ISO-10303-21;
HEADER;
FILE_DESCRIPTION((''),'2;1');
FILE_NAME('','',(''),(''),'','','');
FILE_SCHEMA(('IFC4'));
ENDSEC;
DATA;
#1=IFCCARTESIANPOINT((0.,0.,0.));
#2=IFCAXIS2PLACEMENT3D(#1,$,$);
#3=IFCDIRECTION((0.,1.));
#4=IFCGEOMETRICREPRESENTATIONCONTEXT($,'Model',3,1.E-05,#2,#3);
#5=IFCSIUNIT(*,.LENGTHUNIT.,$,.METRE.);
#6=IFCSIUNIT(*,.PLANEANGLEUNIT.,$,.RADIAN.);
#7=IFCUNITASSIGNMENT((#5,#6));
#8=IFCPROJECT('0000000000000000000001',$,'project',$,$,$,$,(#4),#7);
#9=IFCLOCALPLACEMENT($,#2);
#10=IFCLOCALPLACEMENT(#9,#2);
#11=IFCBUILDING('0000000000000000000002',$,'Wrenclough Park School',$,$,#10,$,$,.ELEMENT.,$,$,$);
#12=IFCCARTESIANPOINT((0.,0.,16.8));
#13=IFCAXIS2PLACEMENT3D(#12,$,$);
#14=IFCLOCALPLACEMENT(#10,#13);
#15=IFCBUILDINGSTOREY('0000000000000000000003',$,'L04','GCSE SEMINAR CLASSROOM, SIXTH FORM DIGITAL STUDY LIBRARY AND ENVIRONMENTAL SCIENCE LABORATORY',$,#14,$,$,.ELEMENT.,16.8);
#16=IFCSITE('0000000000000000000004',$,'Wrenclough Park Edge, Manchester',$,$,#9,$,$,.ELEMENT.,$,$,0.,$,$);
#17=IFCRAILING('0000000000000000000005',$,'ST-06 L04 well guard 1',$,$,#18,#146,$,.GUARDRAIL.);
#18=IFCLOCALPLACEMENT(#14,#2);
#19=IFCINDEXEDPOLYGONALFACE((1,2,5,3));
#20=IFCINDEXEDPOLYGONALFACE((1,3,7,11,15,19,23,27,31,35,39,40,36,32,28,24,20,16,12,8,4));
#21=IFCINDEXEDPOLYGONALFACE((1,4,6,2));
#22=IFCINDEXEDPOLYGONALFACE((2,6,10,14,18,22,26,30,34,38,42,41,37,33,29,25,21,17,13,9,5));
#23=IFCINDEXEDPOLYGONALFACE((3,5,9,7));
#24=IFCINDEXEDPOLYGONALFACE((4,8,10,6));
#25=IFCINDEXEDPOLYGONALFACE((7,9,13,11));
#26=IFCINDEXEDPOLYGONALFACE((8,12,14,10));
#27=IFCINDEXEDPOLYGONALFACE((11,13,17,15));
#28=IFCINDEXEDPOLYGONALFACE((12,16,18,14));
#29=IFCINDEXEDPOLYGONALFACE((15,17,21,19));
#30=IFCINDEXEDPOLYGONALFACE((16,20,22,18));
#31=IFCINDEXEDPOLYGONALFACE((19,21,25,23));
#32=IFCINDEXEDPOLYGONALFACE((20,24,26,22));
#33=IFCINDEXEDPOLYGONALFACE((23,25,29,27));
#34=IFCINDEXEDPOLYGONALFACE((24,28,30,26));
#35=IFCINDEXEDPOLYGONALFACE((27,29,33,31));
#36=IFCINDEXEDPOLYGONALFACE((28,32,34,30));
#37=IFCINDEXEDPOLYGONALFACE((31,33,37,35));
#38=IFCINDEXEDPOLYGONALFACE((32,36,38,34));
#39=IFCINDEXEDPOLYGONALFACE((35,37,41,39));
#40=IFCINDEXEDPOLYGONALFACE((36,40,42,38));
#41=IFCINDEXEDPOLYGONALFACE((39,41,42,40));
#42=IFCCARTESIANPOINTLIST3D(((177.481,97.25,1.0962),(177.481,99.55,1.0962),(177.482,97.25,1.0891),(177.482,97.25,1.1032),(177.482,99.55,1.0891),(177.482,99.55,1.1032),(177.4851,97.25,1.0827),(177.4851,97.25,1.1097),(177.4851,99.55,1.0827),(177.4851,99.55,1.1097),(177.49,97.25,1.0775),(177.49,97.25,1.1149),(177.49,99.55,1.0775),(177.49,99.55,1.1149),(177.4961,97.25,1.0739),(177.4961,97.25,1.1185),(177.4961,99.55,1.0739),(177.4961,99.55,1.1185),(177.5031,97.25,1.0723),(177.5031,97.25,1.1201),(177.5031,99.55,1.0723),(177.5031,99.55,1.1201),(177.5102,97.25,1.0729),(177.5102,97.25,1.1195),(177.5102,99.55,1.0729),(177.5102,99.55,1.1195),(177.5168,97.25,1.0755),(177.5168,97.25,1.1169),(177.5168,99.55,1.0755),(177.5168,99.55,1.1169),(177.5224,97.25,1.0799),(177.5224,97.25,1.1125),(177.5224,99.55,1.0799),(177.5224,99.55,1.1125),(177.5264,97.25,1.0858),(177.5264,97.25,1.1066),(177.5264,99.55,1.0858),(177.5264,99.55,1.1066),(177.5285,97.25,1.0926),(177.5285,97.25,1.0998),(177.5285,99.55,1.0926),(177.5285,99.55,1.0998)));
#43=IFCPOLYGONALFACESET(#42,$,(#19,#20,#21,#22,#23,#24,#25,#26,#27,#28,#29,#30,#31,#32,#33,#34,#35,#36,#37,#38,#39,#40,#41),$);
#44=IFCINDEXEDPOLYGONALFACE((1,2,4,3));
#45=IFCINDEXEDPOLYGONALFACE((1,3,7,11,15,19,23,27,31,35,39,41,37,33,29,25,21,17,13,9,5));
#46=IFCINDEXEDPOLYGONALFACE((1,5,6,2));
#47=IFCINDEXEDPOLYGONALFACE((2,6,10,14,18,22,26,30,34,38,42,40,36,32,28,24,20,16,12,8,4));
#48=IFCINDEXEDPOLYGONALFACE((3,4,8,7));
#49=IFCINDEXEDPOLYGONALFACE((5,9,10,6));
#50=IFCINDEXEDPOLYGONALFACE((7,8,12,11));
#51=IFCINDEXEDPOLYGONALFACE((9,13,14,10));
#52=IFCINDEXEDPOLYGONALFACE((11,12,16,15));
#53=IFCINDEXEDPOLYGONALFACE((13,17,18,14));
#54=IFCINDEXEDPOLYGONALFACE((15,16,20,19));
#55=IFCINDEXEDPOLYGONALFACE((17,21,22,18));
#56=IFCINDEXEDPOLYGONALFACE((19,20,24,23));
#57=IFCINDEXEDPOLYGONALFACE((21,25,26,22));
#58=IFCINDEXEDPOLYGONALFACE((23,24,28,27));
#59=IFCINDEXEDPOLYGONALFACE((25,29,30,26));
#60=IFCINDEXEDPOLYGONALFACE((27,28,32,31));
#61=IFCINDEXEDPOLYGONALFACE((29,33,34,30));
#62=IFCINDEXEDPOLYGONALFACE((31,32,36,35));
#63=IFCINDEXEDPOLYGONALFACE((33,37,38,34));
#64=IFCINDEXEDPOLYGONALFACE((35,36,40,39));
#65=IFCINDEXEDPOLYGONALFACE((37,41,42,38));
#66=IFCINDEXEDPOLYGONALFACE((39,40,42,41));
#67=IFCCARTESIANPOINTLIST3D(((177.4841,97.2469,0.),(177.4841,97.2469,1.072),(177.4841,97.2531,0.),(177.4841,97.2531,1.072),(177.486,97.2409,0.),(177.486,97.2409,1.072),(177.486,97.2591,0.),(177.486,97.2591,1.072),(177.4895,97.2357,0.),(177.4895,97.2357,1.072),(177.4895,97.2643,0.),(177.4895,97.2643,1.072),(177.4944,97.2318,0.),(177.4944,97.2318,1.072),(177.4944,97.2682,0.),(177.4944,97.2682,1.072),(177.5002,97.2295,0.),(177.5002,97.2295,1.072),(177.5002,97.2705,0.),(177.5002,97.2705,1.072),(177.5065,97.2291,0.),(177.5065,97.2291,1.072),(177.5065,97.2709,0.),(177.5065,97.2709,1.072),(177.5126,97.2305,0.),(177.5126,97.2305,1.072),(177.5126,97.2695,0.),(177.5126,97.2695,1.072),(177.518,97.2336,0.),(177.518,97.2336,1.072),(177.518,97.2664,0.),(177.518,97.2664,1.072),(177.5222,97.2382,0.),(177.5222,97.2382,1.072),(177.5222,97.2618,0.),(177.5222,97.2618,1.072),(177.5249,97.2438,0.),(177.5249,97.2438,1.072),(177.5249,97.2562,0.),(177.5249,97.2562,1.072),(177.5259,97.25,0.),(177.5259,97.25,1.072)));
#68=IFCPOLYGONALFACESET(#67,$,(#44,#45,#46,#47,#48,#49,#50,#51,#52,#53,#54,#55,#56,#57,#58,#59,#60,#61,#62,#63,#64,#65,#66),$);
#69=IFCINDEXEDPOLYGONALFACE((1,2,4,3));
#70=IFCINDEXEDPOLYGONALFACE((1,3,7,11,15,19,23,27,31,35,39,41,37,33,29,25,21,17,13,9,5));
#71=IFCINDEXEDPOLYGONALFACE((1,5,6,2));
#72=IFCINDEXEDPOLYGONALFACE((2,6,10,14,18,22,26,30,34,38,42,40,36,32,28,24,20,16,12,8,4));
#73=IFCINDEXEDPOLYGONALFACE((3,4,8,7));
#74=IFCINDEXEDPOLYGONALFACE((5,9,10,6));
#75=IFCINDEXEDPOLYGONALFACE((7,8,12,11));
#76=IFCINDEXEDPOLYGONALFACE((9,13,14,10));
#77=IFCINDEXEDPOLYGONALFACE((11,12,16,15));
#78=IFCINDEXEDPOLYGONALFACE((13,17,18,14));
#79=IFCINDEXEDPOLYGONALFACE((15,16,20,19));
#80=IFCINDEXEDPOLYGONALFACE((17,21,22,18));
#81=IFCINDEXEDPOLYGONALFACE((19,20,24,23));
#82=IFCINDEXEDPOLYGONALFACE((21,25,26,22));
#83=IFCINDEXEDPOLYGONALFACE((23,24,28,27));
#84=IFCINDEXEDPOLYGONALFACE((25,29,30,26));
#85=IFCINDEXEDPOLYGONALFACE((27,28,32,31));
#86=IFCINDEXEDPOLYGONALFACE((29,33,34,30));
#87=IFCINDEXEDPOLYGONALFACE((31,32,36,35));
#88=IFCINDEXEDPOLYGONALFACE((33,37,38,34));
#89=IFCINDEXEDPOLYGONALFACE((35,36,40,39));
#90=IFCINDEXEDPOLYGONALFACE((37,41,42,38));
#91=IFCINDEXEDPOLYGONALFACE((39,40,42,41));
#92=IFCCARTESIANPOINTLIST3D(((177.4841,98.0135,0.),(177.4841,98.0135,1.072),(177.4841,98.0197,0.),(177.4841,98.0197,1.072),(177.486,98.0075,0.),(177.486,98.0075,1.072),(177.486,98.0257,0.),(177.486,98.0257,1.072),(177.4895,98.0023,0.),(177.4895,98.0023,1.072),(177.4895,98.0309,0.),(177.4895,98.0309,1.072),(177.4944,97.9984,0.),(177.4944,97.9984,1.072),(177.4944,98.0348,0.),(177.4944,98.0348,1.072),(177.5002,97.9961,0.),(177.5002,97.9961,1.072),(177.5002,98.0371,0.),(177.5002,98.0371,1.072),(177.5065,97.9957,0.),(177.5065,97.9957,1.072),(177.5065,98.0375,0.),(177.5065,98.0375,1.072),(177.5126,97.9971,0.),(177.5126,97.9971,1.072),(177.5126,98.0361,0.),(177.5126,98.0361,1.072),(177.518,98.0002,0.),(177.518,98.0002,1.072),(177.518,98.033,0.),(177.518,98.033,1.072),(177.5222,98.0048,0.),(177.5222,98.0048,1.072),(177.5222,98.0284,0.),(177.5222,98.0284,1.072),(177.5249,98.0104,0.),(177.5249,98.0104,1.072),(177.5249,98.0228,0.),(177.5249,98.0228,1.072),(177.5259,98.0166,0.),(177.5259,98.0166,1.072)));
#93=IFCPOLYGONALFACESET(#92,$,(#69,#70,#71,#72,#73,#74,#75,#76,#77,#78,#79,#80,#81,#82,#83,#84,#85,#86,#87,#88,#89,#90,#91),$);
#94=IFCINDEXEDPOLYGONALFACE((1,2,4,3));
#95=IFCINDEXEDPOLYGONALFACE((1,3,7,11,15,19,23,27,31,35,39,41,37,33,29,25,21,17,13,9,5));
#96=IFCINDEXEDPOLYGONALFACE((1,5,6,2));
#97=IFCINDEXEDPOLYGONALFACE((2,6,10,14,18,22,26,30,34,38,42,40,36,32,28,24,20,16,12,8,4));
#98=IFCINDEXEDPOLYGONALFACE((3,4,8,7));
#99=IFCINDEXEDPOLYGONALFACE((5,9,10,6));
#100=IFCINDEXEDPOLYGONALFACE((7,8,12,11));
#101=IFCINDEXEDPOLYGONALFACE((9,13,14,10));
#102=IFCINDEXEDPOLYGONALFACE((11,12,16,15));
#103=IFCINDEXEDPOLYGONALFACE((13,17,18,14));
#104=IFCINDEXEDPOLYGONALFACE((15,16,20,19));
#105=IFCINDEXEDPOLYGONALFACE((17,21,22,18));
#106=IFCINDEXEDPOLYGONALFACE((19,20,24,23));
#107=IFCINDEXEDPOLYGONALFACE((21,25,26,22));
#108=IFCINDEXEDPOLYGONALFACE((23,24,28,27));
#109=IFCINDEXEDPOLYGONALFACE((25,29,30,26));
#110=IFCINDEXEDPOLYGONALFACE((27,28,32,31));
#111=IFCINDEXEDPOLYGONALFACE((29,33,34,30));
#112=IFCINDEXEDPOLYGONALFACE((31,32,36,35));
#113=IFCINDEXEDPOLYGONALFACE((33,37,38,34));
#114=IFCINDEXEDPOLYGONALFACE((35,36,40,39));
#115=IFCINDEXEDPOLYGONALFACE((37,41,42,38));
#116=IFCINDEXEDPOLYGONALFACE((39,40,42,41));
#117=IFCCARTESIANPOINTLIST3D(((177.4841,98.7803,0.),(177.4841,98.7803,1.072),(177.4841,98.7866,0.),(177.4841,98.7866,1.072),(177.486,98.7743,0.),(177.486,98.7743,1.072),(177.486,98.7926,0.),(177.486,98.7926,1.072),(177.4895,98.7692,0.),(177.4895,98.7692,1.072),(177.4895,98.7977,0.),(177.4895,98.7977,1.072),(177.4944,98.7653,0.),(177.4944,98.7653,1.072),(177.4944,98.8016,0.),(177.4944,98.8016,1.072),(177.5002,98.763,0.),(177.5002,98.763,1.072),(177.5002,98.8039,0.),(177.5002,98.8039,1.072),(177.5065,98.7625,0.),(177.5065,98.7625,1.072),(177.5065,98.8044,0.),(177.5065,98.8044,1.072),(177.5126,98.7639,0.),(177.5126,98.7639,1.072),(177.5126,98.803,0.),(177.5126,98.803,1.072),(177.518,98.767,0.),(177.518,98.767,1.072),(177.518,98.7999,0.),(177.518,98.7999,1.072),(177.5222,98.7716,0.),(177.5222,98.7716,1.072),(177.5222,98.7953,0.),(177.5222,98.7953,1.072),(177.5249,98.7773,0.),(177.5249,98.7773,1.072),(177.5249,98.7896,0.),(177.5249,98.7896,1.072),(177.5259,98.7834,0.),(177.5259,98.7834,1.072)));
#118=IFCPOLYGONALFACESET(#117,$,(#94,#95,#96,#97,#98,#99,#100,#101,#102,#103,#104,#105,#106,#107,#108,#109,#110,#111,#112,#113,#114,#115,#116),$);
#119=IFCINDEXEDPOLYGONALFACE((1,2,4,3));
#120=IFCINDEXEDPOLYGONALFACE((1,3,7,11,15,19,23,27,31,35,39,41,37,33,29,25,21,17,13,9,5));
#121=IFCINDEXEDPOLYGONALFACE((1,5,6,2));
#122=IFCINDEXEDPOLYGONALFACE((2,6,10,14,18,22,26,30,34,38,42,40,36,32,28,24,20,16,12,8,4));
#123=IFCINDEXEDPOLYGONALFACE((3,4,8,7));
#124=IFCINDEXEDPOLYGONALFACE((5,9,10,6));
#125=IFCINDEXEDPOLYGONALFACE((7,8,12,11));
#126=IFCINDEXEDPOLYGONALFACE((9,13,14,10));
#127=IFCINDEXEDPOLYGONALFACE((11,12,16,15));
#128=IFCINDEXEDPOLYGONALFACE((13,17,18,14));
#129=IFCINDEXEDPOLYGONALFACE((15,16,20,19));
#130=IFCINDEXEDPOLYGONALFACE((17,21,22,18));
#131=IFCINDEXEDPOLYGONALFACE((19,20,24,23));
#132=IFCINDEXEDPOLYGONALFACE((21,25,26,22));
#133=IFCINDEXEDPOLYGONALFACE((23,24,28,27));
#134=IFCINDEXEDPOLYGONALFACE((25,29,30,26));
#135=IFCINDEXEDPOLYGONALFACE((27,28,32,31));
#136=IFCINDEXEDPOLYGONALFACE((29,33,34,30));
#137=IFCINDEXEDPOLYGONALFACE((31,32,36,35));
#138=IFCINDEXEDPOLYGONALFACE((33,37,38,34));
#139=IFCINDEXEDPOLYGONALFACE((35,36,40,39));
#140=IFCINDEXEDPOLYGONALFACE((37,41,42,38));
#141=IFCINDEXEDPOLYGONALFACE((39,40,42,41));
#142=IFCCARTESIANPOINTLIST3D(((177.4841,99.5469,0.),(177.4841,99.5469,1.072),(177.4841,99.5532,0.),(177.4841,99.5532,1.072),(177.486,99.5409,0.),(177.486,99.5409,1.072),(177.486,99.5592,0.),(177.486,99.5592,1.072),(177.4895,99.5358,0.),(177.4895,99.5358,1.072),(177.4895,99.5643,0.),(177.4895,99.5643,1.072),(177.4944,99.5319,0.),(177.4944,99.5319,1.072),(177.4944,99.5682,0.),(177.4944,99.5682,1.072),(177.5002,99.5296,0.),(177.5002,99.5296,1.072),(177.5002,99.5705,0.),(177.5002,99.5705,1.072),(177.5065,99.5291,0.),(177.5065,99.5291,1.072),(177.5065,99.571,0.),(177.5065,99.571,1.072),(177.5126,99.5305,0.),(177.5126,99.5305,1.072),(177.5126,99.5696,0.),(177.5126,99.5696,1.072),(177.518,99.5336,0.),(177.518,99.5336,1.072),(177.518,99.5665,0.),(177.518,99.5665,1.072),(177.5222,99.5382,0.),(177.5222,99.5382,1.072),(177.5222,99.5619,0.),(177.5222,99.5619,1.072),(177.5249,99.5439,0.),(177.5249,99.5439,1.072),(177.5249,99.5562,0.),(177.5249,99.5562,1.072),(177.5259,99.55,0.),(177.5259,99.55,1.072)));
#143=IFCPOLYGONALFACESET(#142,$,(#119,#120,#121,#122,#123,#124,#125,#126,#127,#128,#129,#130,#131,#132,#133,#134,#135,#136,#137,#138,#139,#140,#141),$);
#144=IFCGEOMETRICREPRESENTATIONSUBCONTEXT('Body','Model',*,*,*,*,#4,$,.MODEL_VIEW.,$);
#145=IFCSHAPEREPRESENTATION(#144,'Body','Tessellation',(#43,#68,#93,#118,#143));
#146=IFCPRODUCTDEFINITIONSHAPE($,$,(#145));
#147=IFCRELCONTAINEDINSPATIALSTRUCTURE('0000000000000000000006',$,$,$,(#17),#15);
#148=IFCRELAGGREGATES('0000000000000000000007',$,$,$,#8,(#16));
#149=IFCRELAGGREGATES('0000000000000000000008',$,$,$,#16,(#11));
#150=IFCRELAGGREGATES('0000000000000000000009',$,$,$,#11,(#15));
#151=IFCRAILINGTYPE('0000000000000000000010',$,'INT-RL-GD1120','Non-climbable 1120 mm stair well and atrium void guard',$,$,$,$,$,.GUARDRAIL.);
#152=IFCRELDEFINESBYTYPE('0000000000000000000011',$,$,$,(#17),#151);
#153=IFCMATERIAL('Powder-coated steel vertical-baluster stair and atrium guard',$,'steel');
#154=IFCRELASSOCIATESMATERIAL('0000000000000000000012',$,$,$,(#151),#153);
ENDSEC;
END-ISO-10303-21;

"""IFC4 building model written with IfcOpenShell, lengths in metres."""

from ifc_helpers import new_model, si_unit, direction, frame, origin, origin_2d, place, context, subcontext, project, spatial, circle, extrude, material, type_object, element, save


model = new_model("IFC4")

# Units and contexts
model_context = context("Model", 3, precision=1e-05, world=origin(), true_north=direction((0.0, 1.0)))
body_context = subcontext(model_context, "Body", "Model", "MODEL_VIEW")
ifc_project = project(units=[si_unit("LENGTHUNIT", "METRE"), si_unit("PLANEANGLEUNIT", "RADIAN")], contexts=[model_context])

# Site, building, storey
site_placement = place(None, origin())
site = spatial("IfcSite", under=ifc_project, at=site_placement, Name="Wrenclough Park Edge, Manchester", CompositionType="ELEMENT", RefElevation=0.0)
building_placement = place(site_placement, origin())
building = spatial("IfcBuilding", under=site, at=building_placement, Name="Wrenclough Park School", CompositionType="ELEMENT")
storey_placement = place(building_placement, frame((0.0, 0.0, 16.8)))
storey = spatial("IfcBuildingStorey", under=building, at=storey_placement, Name="L04", Description="GCSE SEMINAR CLASSROOM, SIXTH FORM DIGITAL STUDY LIBRARY AND ENVIRONMENTAL SCIENCE LABORATORY", CompositionType="ELEMENT", Elevation=16.8)

# Railing
ifc_material_1 = material(Name="Powder-coated steel vertical-baluster stair and atrium guard", Category="steel")
railing_type_1 = type_object("IfcRailingType", Name="INT-RL-GD1120", Description="Non-climbable 1120 mm stair well and atrium void guard", PredefinedType="GUARDRAIL", material=ifc_material_1)
railing_1_placement = place(storey_placement, frame((177.5049, 97.25, 0.0)))
element("IfcRailing", 1, at=railing_1_placement, inside=storey, type_object=railing_type_1, Name="ST-06 L04 well guard 1", PredefinedType="GUARDRAIL", context=body_context, shape_type="SweptSolid", body=[
    extrude(circle(Radius=0.0239, at=origin_2d()), frame((0.0, 0.0, 1.0962), z_axis=(0.0, 1.0, 0.0), x_axis=(-1.0, 0.0, 0.0)), (0.0, 0.0, 1.0), 2.3),
    extrude(circle(Radius=0.021, at=origin_2d()), origin(), (0.0, 0.0, 1.0), 1.072),
    extrude(circle(Radius=0.021, at=origin_2d()), frame((0.0, 0.7666, 0.0)), (0.0, 0.0, 1.0), 1.072),
    extrude(circle(Radius=0.021, at=origin_2d()), frame((0.0, 1.5334, 0.0)), (0.0, 0.0, 1.0), 1.072),
    extrude(circle(Radius=0.021, at=origin_2d()), frame((0.0, 2.3, 0.0)), (0.0, 0.0, 1.0), 1.072),
])

save(model, "model.ifc")
